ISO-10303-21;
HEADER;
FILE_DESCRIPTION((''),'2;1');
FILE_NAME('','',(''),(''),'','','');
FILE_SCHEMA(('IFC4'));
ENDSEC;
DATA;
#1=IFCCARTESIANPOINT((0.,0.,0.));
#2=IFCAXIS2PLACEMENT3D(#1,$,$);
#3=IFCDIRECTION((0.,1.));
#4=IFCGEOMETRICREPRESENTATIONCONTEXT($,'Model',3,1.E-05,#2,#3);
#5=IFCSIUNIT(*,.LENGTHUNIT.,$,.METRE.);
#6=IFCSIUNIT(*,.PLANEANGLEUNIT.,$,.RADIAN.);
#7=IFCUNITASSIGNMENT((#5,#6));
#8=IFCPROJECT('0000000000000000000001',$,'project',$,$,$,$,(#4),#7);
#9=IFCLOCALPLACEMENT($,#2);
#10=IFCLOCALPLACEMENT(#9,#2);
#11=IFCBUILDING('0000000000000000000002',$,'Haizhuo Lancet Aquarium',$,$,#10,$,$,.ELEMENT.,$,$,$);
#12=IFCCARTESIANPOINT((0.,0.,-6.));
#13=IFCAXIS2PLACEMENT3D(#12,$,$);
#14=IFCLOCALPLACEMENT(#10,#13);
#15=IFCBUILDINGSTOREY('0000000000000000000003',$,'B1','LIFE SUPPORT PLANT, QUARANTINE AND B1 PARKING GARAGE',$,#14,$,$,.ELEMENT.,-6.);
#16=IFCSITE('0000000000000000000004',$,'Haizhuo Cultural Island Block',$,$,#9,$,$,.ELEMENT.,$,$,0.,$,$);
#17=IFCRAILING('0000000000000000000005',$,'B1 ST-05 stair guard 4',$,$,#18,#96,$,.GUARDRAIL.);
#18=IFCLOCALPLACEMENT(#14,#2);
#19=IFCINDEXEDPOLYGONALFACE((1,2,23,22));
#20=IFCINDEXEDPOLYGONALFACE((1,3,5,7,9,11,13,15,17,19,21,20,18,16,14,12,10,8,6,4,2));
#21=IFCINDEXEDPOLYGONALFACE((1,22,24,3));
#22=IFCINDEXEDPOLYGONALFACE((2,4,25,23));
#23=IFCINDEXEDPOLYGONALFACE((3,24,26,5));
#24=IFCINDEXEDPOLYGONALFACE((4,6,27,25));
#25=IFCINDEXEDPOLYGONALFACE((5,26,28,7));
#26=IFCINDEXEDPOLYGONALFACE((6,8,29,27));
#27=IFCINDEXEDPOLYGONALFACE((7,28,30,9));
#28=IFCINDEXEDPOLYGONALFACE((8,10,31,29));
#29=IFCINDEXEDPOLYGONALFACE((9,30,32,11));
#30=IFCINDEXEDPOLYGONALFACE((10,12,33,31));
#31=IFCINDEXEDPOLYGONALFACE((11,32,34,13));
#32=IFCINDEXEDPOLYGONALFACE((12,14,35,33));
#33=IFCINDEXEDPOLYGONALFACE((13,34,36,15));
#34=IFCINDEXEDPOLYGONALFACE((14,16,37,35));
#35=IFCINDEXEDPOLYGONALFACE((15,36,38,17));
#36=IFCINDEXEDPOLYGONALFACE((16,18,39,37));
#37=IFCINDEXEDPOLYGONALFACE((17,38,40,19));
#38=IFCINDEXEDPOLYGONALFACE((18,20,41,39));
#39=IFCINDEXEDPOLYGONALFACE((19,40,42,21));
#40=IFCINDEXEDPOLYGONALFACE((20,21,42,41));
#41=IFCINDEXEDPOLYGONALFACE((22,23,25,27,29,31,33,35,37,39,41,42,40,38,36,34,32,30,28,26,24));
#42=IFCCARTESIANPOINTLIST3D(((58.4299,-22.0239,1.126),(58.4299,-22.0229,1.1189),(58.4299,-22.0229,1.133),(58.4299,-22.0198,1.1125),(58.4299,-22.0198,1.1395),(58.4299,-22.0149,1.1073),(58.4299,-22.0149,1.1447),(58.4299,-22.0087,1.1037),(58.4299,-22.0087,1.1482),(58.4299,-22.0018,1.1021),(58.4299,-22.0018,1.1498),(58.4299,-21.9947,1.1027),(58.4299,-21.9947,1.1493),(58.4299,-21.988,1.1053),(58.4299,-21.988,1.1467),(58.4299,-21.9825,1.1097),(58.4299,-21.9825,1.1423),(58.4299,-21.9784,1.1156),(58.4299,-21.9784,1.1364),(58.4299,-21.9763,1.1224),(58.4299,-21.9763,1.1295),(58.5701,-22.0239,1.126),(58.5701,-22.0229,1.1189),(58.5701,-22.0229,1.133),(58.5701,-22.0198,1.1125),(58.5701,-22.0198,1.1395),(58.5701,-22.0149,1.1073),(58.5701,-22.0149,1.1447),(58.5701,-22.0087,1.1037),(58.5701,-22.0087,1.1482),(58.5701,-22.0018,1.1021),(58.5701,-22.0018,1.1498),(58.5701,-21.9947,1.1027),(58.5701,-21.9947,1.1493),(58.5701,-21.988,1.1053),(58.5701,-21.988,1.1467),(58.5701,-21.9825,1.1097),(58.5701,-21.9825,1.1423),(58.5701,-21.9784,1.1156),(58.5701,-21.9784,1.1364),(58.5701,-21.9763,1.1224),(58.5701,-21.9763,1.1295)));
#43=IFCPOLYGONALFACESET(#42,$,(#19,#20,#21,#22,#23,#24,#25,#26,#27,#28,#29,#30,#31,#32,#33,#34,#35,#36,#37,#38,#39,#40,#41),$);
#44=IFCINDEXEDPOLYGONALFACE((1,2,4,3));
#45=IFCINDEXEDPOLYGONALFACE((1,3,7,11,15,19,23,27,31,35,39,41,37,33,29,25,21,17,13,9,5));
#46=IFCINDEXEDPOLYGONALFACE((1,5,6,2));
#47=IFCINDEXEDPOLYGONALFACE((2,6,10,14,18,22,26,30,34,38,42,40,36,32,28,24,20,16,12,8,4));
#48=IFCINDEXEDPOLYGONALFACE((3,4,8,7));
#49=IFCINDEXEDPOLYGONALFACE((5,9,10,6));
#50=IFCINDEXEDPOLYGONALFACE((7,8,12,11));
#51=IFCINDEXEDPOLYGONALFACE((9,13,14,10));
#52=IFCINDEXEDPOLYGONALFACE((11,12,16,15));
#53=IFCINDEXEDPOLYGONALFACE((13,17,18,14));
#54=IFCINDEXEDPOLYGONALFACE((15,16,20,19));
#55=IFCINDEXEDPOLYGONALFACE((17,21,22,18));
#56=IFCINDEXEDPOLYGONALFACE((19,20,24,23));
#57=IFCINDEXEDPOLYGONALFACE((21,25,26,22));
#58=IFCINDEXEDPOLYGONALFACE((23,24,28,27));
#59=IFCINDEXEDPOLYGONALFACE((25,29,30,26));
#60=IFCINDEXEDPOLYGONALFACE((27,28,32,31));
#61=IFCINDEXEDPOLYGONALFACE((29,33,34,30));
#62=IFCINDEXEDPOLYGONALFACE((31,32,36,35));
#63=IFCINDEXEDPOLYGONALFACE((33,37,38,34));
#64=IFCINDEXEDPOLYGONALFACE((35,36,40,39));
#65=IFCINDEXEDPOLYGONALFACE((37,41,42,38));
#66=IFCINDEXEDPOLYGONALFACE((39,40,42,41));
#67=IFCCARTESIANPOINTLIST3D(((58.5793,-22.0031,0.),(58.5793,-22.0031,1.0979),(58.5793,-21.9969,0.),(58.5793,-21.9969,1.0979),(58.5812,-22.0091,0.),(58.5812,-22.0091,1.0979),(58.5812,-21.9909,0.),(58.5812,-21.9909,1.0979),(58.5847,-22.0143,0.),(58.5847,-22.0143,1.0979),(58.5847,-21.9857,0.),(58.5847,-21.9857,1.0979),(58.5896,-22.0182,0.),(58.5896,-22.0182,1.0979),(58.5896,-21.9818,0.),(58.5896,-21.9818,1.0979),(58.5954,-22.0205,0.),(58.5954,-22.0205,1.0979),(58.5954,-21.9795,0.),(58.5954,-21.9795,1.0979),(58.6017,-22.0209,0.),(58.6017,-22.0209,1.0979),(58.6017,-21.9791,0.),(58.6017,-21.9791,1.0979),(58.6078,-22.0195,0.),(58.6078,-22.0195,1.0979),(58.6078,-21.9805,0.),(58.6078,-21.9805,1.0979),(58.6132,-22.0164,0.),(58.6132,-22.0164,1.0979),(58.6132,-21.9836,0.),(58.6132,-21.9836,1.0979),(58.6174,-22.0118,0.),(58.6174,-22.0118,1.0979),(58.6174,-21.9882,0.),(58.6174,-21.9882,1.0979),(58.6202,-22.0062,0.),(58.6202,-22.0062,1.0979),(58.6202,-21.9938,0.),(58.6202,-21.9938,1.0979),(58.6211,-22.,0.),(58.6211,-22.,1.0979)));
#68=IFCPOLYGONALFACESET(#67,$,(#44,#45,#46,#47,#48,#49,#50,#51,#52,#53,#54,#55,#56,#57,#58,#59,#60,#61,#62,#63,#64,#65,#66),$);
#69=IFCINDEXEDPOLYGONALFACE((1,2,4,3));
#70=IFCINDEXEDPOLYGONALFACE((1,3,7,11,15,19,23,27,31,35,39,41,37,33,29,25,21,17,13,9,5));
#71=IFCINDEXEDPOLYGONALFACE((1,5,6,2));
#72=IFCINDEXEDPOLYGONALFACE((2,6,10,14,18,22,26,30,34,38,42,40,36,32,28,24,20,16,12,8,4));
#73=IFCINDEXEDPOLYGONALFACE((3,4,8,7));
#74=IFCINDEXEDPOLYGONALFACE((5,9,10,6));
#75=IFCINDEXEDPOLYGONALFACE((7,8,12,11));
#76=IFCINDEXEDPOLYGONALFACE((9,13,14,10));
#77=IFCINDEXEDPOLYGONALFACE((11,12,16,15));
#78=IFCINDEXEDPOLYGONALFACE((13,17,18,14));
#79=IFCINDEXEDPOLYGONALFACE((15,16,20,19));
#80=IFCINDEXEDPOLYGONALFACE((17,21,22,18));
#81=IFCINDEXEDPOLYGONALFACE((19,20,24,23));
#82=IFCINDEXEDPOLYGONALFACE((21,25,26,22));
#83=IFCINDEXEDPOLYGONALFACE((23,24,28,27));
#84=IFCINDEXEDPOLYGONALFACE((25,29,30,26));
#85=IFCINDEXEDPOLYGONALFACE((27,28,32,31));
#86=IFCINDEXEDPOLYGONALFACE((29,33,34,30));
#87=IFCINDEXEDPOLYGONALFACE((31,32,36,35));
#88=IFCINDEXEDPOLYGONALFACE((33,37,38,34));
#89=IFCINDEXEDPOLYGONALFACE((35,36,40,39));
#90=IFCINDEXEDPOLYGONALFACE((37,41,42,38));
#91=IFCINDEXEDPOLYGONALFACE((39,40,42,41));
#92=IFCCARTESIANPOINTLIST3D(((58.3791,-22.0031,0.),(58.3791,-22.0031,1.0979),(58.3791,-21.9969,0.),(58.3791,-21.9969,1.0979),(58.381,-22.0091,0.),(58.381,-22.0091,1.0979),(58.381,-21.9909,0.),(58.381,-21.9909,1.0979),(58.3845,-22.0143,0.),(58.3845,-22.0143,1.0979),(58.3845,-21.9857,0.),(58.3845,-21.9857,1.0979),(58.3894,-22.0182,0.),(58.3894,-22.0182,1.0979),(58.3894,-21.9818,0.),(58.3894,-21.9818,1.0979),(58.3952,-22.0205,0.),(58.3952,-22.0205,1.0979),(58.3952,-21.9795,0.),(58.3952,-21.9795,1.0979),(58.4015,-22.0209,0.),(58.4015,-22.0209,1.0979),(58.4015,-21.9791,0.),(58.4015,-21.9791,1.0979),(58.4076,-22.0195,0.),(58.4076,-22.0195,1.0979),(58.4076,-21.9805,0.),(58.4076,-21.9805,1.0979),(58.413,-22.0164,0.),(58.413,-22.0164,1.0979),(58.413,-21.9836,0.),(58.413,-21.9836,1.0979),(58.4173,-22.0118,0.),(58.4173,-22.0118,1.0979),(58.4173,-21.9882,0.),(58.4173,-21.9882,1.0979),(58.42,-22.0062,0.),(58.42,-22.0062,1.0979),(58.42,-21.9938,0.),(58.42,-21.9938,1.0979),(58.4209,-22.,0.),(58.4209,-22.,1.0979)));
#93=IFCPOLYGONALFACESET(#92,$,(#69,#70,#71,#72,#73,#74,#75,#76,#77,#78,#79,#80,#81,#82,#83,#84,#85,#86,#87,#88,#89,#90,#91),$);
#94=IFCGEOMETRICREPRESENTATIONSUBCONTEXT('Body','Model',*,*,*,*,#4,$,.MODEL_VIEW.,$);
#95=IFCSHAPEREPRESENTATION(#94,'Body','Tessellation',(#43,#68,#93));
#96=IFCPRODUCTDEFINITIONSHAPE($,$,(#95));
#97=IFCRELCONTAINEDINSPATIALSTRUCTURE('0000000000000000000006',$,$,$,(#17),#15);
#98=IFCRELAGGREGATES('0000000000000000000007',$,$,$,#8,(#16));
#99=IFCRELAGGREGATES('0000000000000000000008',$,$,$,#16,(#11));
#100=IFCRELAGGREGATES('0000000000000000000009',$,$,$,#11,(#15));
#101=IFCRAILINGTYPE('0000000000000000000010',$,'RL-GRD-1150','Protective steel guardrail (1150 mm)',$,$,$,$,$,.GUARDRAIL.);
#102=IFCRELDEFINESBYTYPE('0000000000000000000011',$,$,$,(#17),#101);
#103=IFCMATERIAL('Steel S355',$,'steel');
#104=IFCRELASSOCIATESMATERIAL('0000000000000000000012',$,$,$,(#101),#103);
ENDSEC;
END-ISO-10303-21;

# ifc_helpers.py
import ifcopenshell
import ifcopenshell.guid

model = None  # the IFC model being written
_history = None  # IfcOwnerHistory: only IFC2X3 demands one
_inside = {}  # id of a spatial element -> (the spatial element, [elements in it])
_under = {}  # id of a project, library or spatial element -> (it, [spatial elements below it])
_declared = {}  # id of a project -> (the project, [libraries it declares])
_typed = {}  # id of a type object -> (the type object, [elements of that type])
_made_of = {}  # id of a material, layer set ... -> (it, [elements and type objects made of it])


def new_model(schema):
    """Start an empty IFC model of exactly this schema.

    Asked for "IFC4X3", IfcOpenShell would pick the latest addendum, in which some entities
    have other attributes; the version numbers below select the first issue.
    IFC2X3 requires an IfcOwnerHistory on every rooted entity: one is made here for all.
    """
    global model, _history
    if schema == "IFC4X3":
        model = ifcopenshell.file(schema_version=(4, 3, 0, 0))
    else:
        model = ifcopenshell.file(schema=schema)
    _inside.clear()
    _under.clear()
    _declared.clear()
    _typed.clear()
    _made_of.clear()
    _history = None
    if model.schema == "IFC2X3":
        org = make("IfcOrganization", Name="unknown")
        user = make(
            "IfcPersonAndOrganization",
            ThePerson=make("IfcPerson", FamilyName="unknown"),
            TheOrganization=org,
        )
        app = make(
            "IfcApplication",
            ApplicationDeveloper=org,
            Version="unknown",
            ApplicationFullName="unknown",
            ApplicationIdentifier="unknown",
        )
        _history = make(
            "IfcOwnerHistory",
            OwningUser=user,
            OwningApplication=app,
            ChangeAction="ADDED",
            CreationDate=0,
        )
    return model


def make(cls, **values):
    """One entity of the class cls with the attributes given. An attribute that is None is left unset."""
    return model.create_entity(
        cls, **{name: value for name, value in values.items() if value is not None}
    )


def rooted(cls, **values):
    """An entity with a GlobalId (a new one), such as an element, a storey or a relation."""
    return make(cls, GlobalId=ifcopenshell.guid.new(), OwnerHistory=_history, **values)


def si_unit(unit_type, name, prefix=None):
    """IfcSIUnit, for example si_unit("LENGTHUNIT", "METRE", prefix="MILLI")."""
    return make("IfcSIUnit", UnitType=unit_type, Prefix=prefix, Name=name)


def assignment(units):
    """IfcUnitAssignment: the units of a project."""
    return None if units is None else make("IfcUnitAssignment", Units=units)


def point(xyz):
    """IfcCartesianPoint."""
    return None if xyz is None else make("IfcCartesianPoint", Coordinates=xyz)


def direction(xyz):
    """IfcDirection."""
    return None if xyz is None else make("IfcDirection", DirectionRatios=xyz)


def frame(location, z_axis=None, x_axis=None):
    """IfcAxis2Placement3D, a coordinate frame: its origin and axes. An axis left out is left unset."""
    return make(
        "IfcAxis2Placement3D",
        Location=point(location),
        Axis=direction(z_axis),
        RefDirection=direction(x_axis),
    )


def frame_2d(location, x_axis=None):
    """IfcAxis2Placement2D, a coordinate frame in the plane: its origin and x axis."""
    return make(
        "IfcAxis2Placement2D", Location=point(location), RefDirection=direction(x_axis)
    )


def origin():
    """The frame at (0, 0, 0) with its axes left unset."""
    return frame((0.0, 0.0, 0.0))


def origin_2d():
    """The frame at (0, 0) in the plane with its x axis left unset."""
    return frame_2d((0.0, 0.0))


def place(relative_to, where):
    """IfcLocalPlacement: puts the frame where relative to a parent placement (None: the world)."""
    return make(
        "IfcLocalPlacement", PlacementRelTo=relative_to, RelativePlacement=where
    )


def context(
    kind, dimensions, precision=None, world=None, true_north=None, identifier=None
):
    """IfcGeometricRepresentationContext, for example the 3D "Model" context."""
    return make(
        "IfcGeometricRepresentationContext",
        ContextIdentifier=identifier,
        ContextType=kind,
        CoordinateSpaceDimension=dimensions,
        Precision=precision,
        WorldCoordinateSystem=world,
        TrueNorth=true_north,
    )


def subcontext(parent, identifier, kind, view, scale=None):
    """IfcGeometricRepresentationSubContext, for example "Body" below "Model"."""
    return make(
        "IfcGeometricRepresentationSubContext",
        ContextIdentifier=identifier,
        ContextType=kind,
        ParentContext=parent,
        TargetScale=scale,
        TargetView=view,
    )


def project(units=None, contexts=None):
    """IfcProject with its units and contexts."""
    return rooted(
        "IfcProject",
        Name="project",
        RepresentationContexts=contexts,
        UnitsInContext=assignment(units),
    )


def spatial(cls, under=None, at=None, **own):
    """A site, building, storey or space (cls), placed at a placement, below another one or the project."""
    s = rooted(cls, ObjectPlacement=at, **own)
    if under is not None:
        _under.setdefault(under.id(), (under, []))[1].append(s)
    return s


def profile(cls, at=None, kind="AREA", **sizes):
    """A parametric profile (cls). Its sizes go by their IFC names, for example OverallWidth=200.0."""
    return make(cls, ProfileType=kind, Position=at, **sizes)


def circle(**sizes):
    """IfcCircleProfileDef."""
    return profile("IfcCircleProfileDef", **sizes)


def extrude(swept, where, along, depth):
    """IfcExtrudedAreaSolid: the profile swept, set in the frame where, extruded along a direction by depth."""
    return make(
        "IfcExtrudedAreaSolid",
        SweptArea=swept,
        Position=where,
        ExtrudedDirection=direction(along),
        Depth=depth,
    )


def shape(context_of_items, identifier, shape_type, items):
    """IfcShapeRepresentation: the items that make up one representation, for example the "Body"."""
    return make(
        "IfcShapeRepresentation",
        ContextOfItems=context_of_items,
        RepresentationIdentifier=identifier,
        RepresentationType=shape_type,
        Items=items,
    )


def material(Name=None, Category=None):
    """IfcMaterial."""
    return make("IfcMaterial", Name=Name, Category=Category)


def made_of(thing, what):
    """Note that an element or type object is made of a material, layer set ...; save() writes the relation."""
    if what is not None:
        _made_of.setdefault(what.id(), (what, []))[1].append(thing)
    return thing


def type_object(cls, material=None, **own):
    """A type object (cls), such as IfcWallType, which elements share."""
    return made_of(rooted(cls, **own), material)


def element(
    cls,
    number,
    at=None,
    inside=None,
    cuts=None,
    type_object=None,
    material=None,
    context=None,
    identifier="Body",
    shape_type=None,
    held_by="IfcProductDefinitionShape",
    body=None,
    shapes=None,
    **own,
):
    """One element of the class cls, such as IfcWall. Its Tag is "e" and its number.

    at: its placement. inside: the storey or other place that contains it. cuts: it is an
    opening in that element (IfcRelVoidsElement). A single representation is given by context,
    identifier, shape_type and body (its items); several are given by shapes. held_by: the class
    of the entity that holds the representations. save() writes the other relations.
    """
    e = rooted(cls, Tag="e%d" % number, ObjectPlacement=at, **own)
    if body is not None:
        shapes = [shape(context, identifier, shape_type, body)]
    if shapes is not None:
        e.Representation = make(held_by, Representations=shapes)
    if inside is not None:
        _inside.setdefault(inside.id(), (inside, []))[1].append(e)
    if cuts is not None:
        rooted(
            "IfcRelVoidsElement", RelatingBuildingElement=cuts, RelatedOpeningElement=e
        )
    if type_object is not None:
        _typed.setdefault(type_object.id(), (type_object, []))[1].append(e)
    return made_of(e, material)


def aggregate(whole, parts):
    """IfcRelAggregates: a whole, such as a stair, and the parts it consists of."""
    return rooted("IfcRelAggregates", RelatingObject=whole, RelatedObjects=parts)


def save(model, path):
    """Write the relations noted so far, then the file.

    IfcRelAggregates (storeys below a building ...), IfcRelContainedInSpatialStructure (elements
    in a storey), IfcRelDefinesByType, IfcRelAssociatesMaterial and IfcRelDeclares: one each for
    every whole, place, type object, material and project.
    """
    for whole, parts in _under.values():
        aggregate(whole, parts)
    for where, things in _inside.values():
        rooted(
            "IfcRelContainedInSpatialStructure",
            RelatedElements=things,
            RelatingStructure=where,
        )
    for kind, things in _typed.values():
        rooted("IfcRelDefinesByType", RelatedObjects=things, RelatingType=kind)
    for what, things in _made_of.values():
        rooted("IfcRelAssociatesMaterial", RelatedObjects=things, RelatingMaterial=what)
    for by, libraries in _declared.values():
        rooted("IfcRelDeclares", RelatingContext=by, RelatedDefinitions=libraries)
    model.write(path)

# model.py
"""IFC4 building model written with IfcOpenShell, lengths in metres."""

from ifc_helpers import new_model, si_unit, direction, frame, origin, origin_2d, place, context, subcontext, project, spatial, circle, extrude, material, type_object, element, save


model = new_model("IFC4")

# Units and contexts
model_context = context("Model", 3, precision=1e-05, world=origin(), true_north=direction((0.0, 1.0)))
body_context = subcontext(model_context, "Body", "Model", "MODEL_VIEW")
ifc_project = project(units=[si_unit("LENGTHUNIT", "METRE"), si_unit("PLANEANGLEUNIT", "RADIAN")], contexts=[model_context])

# Site, building, storey
site_placement = place(None, origin())
site = spatial("IfcSite", under=ifc_project, at=site_placement, Name="Haizhuo Cultural Island Block", CompositionType="ELEMENT", RefElevation=0.0)
building_placement = place(site_placement, origin())
building = spatial("IfcBuilding", under=site, at=building_placement, Name="Haizhuo Lancet Aquarium", CompositionType="ELEMENT")
storey_placement = place(building_placement, frame((0.0, 0.0, -6.0)))
storey = spatial("IfcBuildingStorey", under=building, at=storey_placement, Name="B1", Description="LIFE SUPPORT PLANT, QUARANTINE AND B1 PARKING GARAGE", CompositionType="ELEMENT", Elevation=-6.0)

# Shared definitions
ifc_material_1 = material(Name="Steel S355", Category="steel")

# Railing
railing_type_1 = type_object("IfcRailingType", Name="RL-GRD-1150", Description="Protective steel guardrail (1150 mm)", PredefinedType="GUARDRAIL", material=ifc_material_1)
railing_1_placement = place(storey_placement, frame((58.6001, -22.0, 0.0)))
element("IfcRailing", 1, at=railing_1_placement, inside=storey, type_object=railing_type_1, Name="B1 ST-05 stair guard 4", PredefinedType="GUARDRAIL", context=body_context, shape_type="SweptSolid", body=[
    extrude(circle(Radius=0.0239, at=origin_2d()), frame((-0.03, 0.0, 1.126), z_axis=(-1.0, 0.0, 0.0), x_axis=(0.0, -1.0, 0.0)), (0.0, 0.0, 1.0), 0.1401),
    extrude(circle(Radius=0.021, at=origin_2d()), origin(), (0.0, 0.0, 1.0), 1.0979),
    extrude(circle(Radius=0.021, at=origin_2d()), frame((-0.2002, 0.0, 0.0)), (0.0, 0.0, 1.0), 1.0979),
])

save(model, "model.ifc")
